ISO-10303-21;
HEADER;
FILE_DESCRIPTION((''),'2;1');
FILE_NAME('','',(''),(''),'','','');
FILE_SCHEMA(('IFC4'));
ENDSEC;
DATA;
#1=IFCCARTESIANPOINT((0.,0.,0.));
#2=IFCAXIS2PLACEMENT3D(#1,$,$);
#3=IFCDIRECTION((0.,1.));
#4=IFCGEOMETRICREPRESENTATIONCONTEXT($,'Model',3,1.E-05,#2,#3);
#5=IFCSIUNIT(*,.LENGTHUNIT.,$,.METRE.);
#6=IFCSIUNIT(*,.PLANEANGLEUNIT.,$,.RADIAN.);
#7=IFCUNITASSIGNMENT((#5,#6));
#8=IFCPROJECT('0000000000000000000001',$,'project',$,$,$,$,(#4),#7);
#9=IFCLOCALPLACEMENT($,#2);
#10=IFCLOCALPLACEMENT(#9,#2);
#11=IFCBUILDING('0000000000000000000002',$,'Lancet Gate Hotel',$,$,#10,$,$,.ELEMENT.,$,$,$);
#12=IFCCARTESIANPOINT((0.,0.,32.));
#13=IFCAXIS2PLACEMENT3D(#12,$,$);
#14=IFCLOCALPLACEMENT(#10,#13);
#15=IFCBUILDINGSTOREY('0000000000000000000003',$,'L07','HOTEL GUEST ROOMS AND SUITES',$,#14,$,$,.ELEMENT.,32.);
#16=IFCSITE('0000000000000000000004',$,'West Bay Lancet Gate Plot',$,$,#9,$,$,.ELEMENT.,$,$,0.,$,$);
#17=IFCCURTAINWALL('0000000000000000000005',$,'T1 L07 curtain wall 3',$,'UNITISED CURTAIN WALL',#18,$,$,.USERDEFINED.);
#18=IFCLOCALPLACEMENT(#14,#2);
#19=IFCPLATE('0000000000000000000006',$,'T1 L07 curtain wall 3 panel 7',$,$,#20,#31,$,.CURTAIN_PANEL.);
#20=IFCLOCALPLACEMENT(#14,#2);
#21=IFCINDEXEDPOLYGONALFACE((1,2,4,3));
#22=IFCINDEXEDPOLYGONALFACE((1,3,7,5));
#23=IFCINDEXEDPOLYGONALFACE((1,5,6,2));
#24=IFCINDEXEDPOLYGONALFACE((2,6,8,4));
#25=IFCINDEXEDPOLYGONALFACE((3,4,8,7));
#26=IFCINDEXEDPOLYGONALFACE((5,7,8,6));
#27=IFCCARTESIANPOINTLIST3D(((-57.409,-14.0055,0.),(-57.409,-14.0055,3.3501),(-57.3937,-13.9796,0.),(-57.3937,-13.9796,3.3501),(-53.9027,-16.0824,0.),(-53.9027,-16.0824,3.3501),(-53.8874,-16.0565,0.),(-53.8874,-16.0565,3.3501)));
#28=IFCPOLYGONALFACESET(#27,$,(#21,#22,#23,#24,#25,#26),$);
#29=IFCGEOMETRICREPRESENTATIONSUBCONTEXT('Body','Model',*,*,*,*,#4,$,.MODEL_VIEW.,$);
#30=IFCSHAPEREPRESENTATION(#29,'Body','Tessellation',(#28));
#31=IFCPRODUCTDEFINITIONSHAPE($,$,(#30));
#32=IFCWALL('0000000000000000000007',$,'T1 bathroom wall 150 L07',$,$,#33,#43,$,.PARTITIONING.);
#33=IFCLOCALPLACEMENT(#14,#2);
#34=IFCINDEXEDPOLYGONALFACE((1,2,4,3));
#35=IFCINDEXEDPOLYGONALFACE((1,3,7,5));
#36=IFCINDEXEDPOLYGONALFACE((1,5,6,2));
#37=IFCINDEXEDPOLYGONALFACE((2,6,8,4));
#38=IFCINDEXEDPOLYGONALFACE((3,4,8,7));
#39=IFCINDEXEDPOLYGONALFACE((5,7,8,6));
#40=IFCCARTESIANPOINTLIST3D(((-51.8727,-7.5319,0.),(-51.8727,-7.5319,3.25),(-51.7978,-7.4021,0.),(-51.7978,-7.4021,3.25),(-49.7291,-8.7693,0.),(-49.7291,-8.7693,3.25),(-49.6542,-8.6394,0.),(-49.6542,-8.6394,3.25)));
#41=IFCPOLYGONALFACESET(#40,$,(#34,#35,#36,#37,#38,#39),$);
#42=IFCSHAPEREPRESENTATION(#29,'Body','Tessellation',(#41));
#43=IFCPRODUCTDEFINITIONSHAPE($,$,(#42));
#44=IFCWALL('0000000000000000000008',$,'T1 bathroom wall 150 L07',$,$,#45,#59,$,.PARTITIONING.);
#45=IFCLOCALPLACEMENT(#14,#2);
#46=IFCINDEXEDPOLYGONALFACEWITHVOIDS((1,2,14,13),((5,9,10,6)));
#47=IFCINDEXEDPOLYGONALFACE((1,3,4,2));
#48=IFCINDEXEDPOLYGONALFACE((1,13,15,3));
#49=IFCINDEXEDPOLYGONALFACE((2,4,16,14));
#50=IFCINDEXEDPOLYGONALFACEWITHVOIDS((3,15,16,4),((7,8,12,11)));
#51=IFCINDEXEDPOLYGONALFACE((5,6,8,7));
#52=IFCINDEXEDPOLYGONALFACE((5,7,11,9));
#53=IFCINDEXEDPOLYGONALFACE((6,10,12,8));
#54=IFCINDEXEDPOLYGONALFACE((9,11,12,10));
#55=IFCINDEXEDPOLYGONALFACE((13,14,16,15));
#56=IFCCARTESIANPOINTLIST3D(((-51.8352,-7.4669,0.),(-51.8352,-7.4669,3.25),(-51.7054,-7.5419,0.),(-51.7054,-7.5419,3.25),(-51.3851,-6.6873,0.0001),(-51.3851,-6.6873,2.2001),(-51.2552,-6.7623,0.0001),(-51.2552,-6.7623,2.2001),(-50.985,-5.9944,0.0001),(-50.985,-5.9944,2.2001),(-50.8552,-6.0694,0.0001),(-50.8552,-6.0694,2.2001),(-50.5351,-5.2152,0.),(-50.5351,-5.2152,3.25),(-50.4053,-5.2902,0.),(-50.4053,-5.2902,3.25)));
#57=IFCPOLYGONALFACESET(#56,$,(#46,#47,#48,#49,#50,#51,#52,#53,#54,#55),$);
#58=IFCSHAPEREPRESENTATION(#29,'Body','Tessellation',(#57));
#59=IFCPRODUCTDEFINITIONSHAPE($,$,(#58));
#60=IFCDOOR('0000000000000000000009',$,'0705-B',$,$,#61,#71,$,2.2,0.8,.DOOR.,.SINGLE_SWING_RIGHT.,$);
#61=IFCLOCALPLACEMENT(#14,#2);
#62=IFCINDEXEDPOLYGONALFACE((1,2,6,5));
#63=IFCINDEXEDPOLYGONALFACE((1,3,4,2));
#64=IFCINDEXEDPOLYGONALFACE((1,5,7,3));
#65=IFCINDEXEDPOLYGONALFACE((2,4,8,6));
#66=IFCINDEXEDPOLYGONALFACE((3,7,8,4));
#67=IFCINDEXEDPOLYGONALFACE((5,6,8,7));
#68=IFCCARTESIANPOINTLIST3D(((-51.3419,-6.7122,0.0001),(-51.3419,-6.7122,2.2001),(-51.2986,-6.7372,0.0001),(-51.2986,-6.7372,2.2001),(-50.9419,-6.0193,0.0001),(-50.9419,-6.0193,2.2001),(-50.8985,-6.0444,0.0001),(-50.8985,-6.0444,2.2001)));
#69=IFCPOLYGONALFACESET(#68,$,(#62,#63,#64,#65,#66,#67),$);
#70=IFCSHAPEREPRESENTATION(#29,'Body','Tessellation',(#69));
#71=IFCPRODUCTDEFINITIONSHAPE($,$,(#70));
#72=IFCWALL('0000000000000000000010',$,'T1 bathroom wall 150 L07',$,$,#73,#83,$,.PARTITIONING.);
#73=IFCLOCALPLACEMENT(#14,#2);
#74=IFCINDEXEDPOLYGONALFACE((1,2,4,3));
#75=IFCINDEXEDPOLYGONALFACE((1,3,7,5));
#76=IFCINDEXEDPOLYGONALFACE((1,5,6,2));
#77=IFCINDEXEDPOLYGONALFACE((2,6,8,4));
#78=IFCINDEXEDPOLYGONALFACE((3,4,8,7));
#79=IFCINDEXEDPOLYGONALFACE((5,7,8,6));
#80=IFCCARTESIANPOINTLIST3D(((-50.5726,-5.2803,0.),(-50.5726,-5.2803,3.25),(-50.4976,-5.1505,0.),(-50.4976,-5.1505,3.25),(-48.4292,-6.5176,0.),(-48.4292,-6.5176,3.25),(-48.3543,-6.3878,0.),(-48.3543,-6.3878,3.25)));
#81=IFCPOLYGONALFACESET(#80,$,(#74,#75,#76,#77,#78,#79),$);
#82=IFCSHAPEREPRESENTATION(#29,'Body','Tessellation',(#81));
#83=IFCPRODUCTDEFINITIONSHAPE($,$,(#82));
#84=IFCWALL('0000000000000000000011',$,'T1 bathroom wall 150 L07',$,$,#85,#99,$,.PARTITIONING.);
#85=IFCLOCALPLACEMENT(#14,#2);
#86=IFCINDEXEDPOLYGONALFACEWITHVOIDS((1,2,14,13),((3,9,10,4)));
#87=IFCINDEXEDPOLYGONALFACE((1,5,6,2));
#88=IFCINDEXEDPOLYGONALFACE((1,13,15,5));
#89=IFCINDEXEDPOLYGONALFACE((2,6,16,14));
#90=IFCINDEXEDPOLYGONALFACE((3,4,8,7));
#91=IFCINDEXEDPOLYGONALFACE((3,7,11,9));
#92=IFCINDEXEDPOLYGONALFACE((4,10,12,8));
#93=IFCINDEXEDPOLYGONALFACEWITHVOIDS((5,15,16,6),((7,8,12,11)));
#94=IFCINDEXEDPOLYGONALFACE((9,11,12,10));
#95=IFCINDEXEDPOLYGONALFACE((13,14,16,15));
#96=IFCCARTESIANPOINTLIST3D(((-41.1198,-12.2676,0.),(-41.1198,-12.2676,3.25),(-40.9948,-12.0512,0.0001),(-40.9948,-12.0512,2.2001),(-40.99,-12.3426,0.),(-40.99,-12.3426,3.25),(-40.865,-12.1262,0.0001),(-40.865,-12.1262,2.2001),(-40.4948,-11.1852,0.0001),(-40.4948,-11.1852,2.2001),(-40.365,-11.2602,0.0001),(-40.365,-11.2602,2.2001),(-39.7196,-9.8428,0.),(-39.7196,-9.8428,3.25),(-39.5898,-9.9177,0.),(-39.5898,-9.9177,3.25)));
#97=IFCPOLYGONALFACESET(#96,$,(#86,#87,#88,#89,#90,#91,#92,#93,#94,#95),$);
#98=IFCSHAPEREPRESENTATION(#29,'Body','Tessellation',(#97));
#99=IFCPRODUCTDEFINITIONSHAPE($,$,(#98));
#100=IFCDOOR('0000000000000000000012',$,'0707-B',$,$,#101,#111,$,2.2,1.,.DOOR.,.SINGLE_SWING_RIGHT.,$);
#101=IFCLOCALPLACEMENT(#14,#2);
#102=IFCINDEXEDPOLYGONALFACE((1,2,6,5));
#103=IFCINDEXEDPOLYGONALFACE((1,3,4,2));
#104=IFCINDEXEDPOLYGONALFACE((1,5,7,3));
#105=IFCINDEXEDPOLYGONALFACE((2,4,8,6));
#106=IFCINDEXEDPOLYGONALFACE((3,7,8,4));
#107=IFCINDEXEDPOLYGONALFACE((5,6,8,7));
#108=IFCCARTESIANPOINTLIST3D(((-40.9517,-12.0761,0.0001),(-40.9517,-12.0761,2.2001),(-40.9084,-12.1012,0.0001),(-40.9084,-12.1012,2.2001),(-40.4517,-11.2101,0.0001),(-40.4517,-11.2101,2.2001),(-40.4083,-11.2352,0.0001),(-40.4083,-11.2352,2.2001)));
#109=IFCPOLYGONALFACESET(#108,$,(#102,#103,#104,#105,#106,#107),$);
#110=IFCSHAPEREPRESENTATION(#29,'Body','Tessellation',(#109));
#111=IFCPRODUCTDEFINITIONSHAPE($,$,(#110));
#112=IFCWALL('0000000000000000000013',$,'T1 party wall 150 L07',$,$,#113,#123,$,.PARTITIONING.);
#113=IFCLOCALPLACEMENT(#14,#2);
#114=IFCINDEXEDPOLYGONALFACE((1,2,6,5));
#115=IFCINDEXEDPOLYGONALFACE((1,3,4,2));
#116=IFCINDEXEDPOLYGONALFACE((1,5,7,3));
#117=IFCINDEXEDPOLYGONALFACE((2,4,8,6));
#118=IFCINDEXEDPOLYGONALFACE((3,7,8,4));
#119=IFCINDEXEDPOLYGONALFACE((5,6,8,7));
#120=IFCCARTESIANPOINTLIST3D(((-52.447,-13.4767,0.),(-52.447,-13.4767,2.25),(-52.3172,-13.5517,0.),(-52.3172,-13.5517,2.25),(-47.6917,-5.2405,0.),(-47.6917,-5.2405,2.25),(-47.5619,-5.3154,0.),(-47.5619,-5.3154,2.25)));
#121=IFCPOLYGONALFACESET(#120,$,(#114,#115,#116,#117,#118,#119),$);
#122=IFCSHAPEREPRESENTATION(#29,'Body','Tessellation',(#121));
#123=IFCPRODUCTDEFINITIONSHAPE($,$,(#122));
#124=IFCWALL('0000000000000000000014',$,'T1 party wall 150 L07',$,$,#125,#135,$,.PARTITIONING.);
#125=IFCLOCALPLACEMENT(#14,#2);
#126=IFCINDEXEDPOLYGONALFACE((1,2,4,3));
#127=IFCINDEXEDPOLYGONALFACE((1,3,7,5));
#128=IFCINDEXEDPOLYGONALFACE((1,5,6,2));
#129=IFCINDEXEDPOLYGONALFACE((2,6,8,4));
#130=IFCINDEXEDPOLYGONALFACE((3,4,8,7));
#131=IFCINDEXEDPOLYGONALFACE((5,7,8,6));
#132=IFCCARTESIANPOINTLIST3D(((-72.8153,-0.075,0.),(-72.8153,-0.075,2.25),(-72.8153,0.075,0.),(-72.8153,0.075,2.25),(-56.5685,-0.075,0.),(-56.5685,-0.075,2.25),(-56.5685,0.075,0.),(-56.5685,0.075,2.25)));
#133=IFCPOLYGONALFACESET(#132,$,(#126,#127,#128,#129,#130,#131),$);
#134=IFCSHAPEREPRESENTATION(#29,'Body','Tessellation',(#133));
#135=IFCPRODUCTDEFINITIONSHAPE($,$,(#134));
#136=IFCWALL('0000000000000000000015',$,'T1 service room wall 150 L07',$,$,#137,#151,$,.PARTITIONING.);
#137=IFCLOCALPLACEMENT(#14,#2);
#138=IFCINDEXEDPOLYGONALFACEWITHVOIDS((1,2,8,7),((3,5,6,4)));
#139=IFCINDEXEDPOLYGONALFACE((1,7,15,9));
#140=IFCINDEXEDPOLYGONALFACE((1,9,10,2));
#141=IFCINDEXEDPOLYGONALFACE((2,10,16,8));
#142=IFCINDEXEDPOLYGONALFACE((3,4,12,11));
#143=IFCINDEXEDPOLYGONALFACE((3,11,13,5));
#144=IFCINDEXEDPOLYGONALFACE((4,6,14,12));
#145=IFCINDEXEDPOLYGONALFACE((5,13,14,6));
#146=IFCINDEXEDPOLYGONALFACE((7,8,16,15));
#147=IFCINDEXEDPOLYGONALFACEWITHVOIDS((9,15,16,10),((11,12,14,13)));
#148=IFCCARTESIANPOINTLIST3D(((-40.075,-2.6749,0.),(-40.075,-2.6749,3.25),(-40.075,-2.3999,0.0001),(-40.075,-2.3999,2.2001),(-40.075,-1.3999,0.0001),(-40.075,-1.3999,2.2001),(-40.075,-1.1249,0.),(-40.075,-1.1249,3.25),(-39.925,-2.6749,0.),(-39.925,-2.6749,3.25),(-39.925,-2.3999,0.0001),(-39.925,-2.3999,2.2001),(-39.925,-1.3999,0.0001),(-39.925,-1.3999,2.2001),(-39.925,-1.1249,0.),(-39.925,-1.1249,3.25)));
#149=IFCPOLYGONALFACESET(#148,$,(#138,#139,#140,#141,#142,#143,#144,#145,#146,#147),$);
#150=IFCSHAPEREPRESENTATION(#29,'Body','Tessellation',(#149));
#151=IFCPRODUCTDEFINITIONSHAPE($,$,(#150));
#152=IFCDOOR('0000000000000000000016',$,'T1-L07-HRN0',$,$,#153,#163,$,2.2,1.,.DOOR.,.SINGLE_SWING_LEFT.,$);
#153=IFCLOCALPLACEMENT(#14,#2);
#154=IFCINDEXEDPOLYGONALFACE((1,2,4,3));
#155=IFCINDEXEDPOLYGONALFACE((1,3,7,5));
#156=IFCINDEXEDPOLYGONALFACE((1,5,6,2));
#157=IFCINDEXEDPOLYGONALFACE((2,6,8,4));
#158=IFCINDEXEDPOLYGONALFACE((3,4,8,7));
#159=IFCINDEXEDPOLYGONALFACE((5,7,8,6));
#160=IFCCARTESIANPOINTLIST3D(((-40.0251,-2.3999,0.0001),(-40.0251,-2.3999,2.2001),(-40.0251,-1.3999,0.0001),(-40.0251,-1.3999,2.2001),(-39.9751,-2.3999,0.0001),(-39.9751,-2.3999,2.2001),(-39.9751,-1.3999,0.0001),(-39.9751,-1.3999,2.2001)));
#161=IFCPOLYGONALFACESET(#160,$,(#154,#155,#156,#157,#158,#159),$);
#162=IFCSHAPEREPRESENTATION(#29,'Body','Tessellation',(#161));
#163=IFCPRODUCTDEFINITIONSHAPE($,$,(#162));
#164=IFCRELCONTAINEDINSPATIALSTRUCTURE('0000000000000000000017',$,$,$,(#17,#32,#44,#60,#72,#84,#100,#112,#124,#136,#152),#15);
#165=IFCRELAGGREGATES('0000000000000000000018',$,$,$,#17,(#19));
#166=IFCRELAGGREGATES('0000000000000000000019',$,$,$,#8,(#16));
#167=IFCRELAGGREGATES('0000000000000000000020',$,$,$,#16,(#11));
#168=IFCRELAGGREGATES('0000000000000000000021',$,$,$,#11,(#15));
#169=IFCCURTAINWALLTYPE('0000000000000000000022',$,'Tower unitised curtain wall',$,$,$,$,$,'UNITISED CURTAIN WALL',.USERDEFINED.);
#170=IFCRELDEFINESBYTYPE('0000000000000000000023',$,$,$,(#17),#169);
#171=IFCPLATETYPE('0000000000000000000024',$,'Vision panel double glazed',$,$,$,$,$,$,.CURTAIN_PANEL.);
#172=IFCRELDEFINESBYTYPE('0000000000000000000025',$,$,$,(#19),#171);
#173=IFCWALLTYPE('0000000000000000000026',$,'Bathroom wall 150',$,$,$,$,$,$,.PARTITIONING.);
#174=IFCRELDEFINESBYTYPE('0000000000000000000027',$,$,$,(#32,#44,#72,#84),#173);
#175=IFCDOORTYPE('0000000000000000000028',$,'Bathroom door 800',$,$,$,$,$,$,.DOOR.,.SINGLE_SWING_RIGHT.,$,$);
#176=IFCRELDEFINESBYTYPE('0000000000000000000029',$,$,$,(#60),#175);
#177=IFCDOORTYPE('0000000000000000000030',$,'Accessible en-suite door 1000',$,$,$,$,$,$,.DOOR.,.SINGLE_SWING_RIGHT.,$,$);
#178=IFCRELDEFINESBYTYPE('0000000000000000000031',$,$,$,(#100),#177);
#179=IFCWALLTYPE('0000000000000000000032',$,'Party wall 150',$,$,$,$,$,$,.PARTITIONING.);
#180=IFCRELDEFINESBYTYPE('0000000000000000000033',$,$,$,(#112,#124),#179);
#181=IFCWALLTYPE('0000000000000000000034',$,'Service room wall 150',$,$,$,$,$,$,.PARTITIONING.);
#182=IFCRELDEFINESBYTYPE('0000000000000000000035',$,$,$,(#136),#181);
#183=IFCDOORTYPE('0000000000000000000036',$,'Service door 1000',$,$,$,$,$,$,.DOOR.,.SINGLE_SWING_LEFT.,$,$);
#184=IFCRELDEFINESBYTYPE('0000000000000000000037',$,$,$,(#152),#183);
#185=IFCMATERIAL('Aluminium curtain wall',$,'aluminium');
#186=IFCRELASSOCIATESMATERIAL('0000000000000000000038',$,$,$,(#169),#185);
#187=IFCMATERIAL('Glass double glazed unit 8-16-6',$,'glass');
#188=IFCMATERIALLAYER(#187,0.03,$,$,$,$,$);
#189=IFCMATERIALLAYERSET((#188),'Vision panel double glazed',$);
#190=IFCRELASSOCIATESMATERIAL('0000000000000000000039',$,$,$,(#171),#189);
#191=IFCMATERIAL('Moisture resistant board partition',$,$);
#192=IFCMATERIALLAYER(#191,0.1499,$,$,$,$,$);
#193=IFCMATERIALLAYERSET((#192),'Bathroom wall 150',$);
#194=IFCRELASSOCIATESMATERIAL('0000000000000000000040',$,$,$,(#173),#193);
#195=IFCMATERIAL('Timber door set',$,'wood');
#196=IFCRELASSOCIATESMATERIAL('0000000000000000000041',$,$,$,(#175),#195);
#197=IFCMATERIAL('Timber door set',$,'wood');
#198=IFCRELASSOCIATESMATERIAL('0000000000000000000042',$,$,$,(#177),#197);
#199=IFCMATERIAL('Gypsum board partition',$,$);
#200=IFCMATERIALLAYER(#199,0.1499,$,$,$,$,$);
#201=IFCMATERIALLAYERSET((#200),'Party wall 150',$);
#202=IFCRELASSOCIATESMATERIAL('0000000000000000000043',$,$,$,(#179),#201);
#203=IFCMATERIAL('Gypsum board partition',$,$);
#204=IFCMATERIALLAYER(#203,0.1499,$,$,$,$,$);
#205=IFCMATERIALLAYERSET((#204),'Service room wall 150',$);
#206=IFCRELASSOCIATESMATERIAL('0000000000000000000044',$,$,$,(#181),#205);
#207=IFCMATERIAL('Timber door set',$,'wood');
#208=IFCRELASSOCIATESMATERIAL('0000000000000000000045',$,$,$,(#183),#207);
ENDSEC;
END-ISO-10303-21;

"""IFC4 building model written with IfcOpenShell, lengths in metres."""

from ifc_helpers import new_model, si_unit, direction, frame, frame_2d, origin, origin_2d, place, context, subcontext, project, spatial, rectangle, extrude, material, layer, layer_set, type_object, element, fill, aggregate, save


model = new_model("IFC4")

# Units and contexts
model_context = context("Model", 3, precision=1e-05, world=origin(), true_north=direction((0.0, 1.0)))
body_context = subcontext(model_context, "Body", "Model", "MODEL_VIEW")
ifc_project = project(units=[si_unit("LENGTHUNIT", "METRE"), si_unit("PLANEANGLEUNIT", "RADIAN")], contexts=[model_context])

# Site, building, storey
site_placement = place(None, origin())
site = spatial("IfcSite", under=ifc_project, at=site_placement, Name="West Bay Lancet Gate Plot", CompositionType="ELEMENT", RefElevation=0.0)
building_placement = place(site_placement, origin())
building = spatial("IfcBuilding", under=site, at=building_placement, Name="Lancet Gate Hotel", CompositionType="ELEMENT")
storey_placement = place(building_placement, frame((0.0, 0.0, 32.0)))
storey = spatial("IfcBuildingStorey", under=building, at=storey_placement, Name="L07", Description="HOTEL GUEST ROOMS AND SUITES", CompositionType="ELEMENT", Elevation=32.0)

# Curtain wall, plate
ifc_material_1 = material(Name="Aluminium curtain wall", Category="aluminium")
curtain_wall_type = type_object("IfcCurtainWallType", Name="Tower unitised curtain wall", ElementType="UNITISED CURTAIN WALL", PredefinedType="USERDEFINED", material=ifc_material_1)
curtain_wall_placement = place(storey_placement, origin())
curtain_wall = element("IfcCurtainWall", 1, at=curtain_wall_placement, inside=storey, type_object=curtain_wall_type, Name="T1 L07 curtain wall 3", ObjectType="UNITISED CURTAIN WALL", PredefinedType="USERDEFINED")
ifc_material_2 = material(Name="Glass double glazed unit 8-16-6", Category="glass")
ifc_layer_1 = layer(ifc_material_2, 0.03)
ifc_layer_set_1 = layer_set([ifc_layer_1], Name="Vision panel double glazed")
plate_type = type_object("IfcPlateType", Name="Vision panel double glazed", PredefinedType="CURTAIN_PANEL", material=ifc_layer_set_1)
plate_placement = place(storey_placement, frame((-55.6482, -15.031, 0.0), z_axis=(0.0, 0.0, 1.0), x_axis=(0.860382, -0.50965, 0.0)))
plate = element("IfcPlate", 2, at=plate_placement, type_object=plate_type, Name="T1 L07 curtain wall 3 panel 7", PredefinedType="CURTAIN_PANEL", context=body_context, shape_type="SweptSolid", body=[
    extrude(rectangle(XDim=4.0752, YDim=0.03, at=origin_2d()), origin(), (0.0, 0.0, 1.0), 3.3501),
])
aggregate(curtain_wall, [plate])

# Wall
ifc_material_3 = material(Name="Moisture resistant board partition")
ifc_layer_2 = layer(ifc_material_3, 0.1499)
ifc_layer_set_2 = layer_set([ifc_layer_2], Name="Bathroom wall 150")
wall_type_1 = type_object("IfcWallType", Name="Bathroom wall 150", PredefinedType="PARTITIONING", material=ifc_layer_set_2)
wall_1_placement = place(storey_placement, frame((-49.6917, -8.7043, 0.0), z_axis=(0.0, 0.0, 1.0), x_axis=(-0.866074, 0.499916, 0.0)))
element("IfcWall", 3, at=wall_1_placement, inside=storey, type_object=wall_type_1, Name="T1 bathroom wall 150 L07", PredefinedType="PARTITIONING", context=body_context, shape_type="SweptSolid", body=[
    extrude(rectangle(XDim=2.4751, YDim=0.1499, at=frame_2d((1.2375, 0.0))), origin(), (0.0, 0.0, 1.0), 3.25),
])

# Wall, opening, door
wall_2_placement = place(storey_placement, frame((-50.4702, -5.2527, 0.0), z_axis=(0.0, 0.0, 1.0), x_axis=(-0.500007, -0.866021, 0.0)))
wall_2 = element("IfcWall", 4, at=wall_2_placement, inside=storey, type_object=wall_type_1, Name="T1 bathroom wall 150 L07", PredefinedType="PARTITIONING", context=body_context, shape_type="SweptSolid", body=[
    extrude(rectangle(XDim=2.6001, YDim=0.1499, at=frame_2d((1.3, 0.0))), origin(), (0.0, 0.0, 1.0), 3.25),
])
opening_1_placement = place(wall_2_placement, frame((0.8999, 0.0, 0.0)))
opening_1 = element("IfcOpeningElement", 5, at=opening_1_placement, cuts=wall_2, PredefinedType="OPENING", context=body_context, shape_type="SweptSolid", body=[
    extrude(rectangle(XDim=0.8, YDim=2.2, at=frame_2d((0.3999, 1.1001))), frame((0.0, 0.085, 0.0), z_axis=(0.0, -1.0, 0.0), x_axis=(1.0, 0.0, 0.0)), (0.0, 0.0, 1.0), 0.1699),
])
ifc_material_4 = material(Name="Timber door set", Category="wood")
door_type_1 = type_object("IfcDoorType", Name="Bathroom door 800", OperationType="SINGLE_SWING_RIGHT", PredefinedType="DOOR", material=ifc_material_4)
door_1_placement = place(opening_1_placement, origin())
door_1 = element("IfcDoor", 6, at=door_1_placement, inside=storey, type_object=door_type_1, Name="0705-B", OperationType="SINGLE_SWING_RIGHT", OverallHeight=2.2, OverallWidth=0.8, PredefinedType="DOOR", context=body_context, shape_type="SweptSolid", body=[
    extrude(rectangle(XDim=0.8, YDim=2.2, at=frame_2d((0.3999, 1.1001))), frame((0.0, 0.0249, 0.0), z_axis=(0.0, -1.0, 0.0), x_axis=(1.0, 0.0, 0.0)), (0.0, 0.0, 1.0), 0.05),
])
fill(opening_1, door_1)

# Wall
wall_3_placement = place(storey_placement, frame((-48.3918, -6.4526, 0.0), z_axis=(0.0, 0.0, 1.0), x_axis=(-0.866049, 0.499959, 0.0)))
element("IfcWall", 7, at=wall_3_placement, inside=storey, type_object=wall_type_1, Name="T1 bathroom wall 150 L07", PredefinedType="PARTITIONING", context=body_context, shape_type="SweptSolid", body=[
    extrude(rectangle(XDim=2.4749, YDim=0.1499, at=frame_2d((1.2373, 0.0))), origin(), (0.0, 0.0, 1.0), 3.25),
])

# Wall, opening, door
wall_4_placement = place(storey_placement, frame((-39.6548, -9.8804, 0.0), z_axis=(0.0, 0.0, 1.0), x_axis=(-0.50005, -0.865997, 0.0)))
wall_4 = element("IfcWall", 8, at=wall_4_placement, inside=storey, type_object=wall_type_1, Name="T1 bathroom wall 150 L07", PredefinedType="PARTITIONING", context=body_context, shape_type="SweptSolid", body=[
    extrude(rectangle(XDim=2.8, YDim=0.1499, at=frame_2d((1.3999, 0.0))), origin(), (0.0, 0.0, 1.0), 3.25),
])
opening_2_placement = place(wall_4_placement, frame((1.55, 0.0, 0.0)))
opening_2 = element("IfcOpeningElement", 9, at=opening_2_placement, cuts=wall_4, PredefinedType="OPENING", context=body_context, shape_type="SweptSolid", body=[
    extrude(rectangle(XDim=1.0, YDim=2.2, at=frame_2d((0.5, 1.1001))), frame((0.0, 0.085, 0.0), z_axis=(0.0, -1.0, 0.0), x_axis=(1.0, 0.0, 0.0)), (0.0, 0.0, 1.0), 0.1699),
])
ifc_material_5 = material(Name="Timber door set", Category="wood")
door_type_2 = type_object("IfcDoorType", Name="Accessible en-suite door 1000", OperationType="SINGLE_SWING_RIGHT", PredefinedType="DOOR", material=ifc_material_5)
door_2_placement = place(opening_2_placement, origin())
door_2 = element("IfcDoor", 10, at=door_2_placement, inside=storey, type_object=door_type_2, Name="0707-B", OperationType="SINGLE_SWING_RIGHT", OverallHeight=2.2, OverallWidth=1.0, PredefinedType="DOOR", context=body_context, shape_type="SweptSolid", body=[
    extrude(rectangle(XDim=1.0, YDim=2.2, at=frame_2d((0.5, 1.1001))), frame((0.0, 0.0249, 0.0), z_axis=(0.0, -1.0, 0.0), x_axis=(1.0, 0.0, 0.0)), (0.0, 0.0, 1.0), 0.05),
])
fill(opening_2, door_2)

# Walls
ifc_material_6 = material(Name="Gypsum board partition")
ifc_layer_3 = layer(ifc_material_6, 0.1499)
ifc_layer_set_3 = layer_set([ifc_layer_3], Name="Party wall 150")
wall_type_2 = type_object("IfcWallType", Name="Party wall 150", PredefinedType="PARTITIONING", material=ifc_layer_set_3)
wall_5_placement = place(storey_placement, frame((-47.6267, -5.2778, 0.0), z_axis=(0.0, 0.0, 1.0), x_axis=(-0.50001, -0.86602, 0.0)))
element("IfcWall", 11, at=wall_5_placement, inside=storey, type_object=wall_type_2, Name="T1 party wall 150 L07", PredefinedType="PARTITIONING", context=body_context, shape_type="SweptSolid", body=[
    extrude(rectangle(XDim=9.5105, YDim=0.1499, at=frame_2d((4.7554, 0.0))), origin(), (0.0, 0.0, 1.0), 2.25),
])
wall_6_placement = place(storey_placement, frame((-56.5684, 0.0, 0.0), z_axis=(0.0, 0.0, 1.0), x_axis=(-1.0, 0.0, 0.0)))
element("IfcWall", 12, at=wall_6_placement, inside=storey, type_object=wall_type_2, Name="T1 party wall 150 L07", PredefinedType="PARTITIONING", context=body_context, shape_type="SweptSolid", body=[
    extrude(rectangle(XDim=16.2468, YDim=0.1499, at=frame_2d((8.1235, 0.0))), origin(), (0.0, 0.0, 1.0), 2.25),
])

# Wall, opening, door
ifc_material_7 = material(Name="Gypsum board partition")
ifc_layer_4 = layer(ifc_material_7, 0.1499)
ifc_layer_set_4 = layer_set([ifc_layer_4], Name="Service room wall 150")
wall_type_3 = type_object("IfcWallType", Name="Service room wall 150", PredefinedType="PARTITIONING", material=ifc_layer_set_4)
wall_7_placement = place(storey_placement, frame((-40.0, -1.125, 0.0), z_axis=(0.0, 0.0, 1.0), x_axis=(0.0, -1.0, 0.0)))
wall_7 = element("IfcWall", 13, at=wall_7_placement, inside=storey, type_object=wall_type_3, Name="T1 service room wall 150 L07", PredefinedType="PARTITIONING", context=body_context, shape_type="SweptSolid", body=[
    extrude(rectangle(XDim=1.55, YDim=0.1499, at=frame_2d((0.7749, 0.0))), origin(), (0.0, 0.0, 1.0), 3.25),
])
opening_3_placement = place(wall_7_placement, frame((0.2749, 0.0, 0.0)))
opening_3 = element("IfcOpeningElement", 14, at=opening_3_placement, cuts=wall_7, PredefinedType="OPENING", context=body_context, shape_type="SweptSolid", body=[
    extrude(rectangle(XDim=1.0, YDim=2.2, at=frame_2d((0.5, 1.1001))), frame((0.0, 0.085, 0.0), z_axis=(0.0, -1.0, 0.0), x_axis=(1.0, 0.0, 0.0)), (0.0, 0.0, 1.0), 0.1699),
])
ifc_material_8 = material(Name="Timber door set", Category="wood")
door_type_3 = type_object("IfcDoorType", Name="Service door 1000", OperationType="SINGLE_SWING_LEFT", PredefinedType="DOOR", material=ifc_material_8)
door_3_placement = place(opening_3_placement, origin())
door_3 = element("IfcDoor", 15, at=door_3_placement, inside=storey, type_object=door_type_3, Name="T1-L07-HRN0", OperationType="SINGLE_SWING_LEFT", OverallHeight=2.2, OverallWidth=1.0, PredefinedType="DOOR", context=body_context, shape_type="SweptSolid", body=[
    extrude(rectangle(XDim=1.0, YDim=2.2, at=frame_2d((0.5, 1.1001))), frame((0.0, 0.0249, 0.0), z_axis=(0.0, -1.0, 0.0), x_axis=(1.0, 0.0, 0.0)), (0.0, 0.0, 1.0), 0.05),
])
fill(opening_3, door_3)

save(model, "model.ifc")
